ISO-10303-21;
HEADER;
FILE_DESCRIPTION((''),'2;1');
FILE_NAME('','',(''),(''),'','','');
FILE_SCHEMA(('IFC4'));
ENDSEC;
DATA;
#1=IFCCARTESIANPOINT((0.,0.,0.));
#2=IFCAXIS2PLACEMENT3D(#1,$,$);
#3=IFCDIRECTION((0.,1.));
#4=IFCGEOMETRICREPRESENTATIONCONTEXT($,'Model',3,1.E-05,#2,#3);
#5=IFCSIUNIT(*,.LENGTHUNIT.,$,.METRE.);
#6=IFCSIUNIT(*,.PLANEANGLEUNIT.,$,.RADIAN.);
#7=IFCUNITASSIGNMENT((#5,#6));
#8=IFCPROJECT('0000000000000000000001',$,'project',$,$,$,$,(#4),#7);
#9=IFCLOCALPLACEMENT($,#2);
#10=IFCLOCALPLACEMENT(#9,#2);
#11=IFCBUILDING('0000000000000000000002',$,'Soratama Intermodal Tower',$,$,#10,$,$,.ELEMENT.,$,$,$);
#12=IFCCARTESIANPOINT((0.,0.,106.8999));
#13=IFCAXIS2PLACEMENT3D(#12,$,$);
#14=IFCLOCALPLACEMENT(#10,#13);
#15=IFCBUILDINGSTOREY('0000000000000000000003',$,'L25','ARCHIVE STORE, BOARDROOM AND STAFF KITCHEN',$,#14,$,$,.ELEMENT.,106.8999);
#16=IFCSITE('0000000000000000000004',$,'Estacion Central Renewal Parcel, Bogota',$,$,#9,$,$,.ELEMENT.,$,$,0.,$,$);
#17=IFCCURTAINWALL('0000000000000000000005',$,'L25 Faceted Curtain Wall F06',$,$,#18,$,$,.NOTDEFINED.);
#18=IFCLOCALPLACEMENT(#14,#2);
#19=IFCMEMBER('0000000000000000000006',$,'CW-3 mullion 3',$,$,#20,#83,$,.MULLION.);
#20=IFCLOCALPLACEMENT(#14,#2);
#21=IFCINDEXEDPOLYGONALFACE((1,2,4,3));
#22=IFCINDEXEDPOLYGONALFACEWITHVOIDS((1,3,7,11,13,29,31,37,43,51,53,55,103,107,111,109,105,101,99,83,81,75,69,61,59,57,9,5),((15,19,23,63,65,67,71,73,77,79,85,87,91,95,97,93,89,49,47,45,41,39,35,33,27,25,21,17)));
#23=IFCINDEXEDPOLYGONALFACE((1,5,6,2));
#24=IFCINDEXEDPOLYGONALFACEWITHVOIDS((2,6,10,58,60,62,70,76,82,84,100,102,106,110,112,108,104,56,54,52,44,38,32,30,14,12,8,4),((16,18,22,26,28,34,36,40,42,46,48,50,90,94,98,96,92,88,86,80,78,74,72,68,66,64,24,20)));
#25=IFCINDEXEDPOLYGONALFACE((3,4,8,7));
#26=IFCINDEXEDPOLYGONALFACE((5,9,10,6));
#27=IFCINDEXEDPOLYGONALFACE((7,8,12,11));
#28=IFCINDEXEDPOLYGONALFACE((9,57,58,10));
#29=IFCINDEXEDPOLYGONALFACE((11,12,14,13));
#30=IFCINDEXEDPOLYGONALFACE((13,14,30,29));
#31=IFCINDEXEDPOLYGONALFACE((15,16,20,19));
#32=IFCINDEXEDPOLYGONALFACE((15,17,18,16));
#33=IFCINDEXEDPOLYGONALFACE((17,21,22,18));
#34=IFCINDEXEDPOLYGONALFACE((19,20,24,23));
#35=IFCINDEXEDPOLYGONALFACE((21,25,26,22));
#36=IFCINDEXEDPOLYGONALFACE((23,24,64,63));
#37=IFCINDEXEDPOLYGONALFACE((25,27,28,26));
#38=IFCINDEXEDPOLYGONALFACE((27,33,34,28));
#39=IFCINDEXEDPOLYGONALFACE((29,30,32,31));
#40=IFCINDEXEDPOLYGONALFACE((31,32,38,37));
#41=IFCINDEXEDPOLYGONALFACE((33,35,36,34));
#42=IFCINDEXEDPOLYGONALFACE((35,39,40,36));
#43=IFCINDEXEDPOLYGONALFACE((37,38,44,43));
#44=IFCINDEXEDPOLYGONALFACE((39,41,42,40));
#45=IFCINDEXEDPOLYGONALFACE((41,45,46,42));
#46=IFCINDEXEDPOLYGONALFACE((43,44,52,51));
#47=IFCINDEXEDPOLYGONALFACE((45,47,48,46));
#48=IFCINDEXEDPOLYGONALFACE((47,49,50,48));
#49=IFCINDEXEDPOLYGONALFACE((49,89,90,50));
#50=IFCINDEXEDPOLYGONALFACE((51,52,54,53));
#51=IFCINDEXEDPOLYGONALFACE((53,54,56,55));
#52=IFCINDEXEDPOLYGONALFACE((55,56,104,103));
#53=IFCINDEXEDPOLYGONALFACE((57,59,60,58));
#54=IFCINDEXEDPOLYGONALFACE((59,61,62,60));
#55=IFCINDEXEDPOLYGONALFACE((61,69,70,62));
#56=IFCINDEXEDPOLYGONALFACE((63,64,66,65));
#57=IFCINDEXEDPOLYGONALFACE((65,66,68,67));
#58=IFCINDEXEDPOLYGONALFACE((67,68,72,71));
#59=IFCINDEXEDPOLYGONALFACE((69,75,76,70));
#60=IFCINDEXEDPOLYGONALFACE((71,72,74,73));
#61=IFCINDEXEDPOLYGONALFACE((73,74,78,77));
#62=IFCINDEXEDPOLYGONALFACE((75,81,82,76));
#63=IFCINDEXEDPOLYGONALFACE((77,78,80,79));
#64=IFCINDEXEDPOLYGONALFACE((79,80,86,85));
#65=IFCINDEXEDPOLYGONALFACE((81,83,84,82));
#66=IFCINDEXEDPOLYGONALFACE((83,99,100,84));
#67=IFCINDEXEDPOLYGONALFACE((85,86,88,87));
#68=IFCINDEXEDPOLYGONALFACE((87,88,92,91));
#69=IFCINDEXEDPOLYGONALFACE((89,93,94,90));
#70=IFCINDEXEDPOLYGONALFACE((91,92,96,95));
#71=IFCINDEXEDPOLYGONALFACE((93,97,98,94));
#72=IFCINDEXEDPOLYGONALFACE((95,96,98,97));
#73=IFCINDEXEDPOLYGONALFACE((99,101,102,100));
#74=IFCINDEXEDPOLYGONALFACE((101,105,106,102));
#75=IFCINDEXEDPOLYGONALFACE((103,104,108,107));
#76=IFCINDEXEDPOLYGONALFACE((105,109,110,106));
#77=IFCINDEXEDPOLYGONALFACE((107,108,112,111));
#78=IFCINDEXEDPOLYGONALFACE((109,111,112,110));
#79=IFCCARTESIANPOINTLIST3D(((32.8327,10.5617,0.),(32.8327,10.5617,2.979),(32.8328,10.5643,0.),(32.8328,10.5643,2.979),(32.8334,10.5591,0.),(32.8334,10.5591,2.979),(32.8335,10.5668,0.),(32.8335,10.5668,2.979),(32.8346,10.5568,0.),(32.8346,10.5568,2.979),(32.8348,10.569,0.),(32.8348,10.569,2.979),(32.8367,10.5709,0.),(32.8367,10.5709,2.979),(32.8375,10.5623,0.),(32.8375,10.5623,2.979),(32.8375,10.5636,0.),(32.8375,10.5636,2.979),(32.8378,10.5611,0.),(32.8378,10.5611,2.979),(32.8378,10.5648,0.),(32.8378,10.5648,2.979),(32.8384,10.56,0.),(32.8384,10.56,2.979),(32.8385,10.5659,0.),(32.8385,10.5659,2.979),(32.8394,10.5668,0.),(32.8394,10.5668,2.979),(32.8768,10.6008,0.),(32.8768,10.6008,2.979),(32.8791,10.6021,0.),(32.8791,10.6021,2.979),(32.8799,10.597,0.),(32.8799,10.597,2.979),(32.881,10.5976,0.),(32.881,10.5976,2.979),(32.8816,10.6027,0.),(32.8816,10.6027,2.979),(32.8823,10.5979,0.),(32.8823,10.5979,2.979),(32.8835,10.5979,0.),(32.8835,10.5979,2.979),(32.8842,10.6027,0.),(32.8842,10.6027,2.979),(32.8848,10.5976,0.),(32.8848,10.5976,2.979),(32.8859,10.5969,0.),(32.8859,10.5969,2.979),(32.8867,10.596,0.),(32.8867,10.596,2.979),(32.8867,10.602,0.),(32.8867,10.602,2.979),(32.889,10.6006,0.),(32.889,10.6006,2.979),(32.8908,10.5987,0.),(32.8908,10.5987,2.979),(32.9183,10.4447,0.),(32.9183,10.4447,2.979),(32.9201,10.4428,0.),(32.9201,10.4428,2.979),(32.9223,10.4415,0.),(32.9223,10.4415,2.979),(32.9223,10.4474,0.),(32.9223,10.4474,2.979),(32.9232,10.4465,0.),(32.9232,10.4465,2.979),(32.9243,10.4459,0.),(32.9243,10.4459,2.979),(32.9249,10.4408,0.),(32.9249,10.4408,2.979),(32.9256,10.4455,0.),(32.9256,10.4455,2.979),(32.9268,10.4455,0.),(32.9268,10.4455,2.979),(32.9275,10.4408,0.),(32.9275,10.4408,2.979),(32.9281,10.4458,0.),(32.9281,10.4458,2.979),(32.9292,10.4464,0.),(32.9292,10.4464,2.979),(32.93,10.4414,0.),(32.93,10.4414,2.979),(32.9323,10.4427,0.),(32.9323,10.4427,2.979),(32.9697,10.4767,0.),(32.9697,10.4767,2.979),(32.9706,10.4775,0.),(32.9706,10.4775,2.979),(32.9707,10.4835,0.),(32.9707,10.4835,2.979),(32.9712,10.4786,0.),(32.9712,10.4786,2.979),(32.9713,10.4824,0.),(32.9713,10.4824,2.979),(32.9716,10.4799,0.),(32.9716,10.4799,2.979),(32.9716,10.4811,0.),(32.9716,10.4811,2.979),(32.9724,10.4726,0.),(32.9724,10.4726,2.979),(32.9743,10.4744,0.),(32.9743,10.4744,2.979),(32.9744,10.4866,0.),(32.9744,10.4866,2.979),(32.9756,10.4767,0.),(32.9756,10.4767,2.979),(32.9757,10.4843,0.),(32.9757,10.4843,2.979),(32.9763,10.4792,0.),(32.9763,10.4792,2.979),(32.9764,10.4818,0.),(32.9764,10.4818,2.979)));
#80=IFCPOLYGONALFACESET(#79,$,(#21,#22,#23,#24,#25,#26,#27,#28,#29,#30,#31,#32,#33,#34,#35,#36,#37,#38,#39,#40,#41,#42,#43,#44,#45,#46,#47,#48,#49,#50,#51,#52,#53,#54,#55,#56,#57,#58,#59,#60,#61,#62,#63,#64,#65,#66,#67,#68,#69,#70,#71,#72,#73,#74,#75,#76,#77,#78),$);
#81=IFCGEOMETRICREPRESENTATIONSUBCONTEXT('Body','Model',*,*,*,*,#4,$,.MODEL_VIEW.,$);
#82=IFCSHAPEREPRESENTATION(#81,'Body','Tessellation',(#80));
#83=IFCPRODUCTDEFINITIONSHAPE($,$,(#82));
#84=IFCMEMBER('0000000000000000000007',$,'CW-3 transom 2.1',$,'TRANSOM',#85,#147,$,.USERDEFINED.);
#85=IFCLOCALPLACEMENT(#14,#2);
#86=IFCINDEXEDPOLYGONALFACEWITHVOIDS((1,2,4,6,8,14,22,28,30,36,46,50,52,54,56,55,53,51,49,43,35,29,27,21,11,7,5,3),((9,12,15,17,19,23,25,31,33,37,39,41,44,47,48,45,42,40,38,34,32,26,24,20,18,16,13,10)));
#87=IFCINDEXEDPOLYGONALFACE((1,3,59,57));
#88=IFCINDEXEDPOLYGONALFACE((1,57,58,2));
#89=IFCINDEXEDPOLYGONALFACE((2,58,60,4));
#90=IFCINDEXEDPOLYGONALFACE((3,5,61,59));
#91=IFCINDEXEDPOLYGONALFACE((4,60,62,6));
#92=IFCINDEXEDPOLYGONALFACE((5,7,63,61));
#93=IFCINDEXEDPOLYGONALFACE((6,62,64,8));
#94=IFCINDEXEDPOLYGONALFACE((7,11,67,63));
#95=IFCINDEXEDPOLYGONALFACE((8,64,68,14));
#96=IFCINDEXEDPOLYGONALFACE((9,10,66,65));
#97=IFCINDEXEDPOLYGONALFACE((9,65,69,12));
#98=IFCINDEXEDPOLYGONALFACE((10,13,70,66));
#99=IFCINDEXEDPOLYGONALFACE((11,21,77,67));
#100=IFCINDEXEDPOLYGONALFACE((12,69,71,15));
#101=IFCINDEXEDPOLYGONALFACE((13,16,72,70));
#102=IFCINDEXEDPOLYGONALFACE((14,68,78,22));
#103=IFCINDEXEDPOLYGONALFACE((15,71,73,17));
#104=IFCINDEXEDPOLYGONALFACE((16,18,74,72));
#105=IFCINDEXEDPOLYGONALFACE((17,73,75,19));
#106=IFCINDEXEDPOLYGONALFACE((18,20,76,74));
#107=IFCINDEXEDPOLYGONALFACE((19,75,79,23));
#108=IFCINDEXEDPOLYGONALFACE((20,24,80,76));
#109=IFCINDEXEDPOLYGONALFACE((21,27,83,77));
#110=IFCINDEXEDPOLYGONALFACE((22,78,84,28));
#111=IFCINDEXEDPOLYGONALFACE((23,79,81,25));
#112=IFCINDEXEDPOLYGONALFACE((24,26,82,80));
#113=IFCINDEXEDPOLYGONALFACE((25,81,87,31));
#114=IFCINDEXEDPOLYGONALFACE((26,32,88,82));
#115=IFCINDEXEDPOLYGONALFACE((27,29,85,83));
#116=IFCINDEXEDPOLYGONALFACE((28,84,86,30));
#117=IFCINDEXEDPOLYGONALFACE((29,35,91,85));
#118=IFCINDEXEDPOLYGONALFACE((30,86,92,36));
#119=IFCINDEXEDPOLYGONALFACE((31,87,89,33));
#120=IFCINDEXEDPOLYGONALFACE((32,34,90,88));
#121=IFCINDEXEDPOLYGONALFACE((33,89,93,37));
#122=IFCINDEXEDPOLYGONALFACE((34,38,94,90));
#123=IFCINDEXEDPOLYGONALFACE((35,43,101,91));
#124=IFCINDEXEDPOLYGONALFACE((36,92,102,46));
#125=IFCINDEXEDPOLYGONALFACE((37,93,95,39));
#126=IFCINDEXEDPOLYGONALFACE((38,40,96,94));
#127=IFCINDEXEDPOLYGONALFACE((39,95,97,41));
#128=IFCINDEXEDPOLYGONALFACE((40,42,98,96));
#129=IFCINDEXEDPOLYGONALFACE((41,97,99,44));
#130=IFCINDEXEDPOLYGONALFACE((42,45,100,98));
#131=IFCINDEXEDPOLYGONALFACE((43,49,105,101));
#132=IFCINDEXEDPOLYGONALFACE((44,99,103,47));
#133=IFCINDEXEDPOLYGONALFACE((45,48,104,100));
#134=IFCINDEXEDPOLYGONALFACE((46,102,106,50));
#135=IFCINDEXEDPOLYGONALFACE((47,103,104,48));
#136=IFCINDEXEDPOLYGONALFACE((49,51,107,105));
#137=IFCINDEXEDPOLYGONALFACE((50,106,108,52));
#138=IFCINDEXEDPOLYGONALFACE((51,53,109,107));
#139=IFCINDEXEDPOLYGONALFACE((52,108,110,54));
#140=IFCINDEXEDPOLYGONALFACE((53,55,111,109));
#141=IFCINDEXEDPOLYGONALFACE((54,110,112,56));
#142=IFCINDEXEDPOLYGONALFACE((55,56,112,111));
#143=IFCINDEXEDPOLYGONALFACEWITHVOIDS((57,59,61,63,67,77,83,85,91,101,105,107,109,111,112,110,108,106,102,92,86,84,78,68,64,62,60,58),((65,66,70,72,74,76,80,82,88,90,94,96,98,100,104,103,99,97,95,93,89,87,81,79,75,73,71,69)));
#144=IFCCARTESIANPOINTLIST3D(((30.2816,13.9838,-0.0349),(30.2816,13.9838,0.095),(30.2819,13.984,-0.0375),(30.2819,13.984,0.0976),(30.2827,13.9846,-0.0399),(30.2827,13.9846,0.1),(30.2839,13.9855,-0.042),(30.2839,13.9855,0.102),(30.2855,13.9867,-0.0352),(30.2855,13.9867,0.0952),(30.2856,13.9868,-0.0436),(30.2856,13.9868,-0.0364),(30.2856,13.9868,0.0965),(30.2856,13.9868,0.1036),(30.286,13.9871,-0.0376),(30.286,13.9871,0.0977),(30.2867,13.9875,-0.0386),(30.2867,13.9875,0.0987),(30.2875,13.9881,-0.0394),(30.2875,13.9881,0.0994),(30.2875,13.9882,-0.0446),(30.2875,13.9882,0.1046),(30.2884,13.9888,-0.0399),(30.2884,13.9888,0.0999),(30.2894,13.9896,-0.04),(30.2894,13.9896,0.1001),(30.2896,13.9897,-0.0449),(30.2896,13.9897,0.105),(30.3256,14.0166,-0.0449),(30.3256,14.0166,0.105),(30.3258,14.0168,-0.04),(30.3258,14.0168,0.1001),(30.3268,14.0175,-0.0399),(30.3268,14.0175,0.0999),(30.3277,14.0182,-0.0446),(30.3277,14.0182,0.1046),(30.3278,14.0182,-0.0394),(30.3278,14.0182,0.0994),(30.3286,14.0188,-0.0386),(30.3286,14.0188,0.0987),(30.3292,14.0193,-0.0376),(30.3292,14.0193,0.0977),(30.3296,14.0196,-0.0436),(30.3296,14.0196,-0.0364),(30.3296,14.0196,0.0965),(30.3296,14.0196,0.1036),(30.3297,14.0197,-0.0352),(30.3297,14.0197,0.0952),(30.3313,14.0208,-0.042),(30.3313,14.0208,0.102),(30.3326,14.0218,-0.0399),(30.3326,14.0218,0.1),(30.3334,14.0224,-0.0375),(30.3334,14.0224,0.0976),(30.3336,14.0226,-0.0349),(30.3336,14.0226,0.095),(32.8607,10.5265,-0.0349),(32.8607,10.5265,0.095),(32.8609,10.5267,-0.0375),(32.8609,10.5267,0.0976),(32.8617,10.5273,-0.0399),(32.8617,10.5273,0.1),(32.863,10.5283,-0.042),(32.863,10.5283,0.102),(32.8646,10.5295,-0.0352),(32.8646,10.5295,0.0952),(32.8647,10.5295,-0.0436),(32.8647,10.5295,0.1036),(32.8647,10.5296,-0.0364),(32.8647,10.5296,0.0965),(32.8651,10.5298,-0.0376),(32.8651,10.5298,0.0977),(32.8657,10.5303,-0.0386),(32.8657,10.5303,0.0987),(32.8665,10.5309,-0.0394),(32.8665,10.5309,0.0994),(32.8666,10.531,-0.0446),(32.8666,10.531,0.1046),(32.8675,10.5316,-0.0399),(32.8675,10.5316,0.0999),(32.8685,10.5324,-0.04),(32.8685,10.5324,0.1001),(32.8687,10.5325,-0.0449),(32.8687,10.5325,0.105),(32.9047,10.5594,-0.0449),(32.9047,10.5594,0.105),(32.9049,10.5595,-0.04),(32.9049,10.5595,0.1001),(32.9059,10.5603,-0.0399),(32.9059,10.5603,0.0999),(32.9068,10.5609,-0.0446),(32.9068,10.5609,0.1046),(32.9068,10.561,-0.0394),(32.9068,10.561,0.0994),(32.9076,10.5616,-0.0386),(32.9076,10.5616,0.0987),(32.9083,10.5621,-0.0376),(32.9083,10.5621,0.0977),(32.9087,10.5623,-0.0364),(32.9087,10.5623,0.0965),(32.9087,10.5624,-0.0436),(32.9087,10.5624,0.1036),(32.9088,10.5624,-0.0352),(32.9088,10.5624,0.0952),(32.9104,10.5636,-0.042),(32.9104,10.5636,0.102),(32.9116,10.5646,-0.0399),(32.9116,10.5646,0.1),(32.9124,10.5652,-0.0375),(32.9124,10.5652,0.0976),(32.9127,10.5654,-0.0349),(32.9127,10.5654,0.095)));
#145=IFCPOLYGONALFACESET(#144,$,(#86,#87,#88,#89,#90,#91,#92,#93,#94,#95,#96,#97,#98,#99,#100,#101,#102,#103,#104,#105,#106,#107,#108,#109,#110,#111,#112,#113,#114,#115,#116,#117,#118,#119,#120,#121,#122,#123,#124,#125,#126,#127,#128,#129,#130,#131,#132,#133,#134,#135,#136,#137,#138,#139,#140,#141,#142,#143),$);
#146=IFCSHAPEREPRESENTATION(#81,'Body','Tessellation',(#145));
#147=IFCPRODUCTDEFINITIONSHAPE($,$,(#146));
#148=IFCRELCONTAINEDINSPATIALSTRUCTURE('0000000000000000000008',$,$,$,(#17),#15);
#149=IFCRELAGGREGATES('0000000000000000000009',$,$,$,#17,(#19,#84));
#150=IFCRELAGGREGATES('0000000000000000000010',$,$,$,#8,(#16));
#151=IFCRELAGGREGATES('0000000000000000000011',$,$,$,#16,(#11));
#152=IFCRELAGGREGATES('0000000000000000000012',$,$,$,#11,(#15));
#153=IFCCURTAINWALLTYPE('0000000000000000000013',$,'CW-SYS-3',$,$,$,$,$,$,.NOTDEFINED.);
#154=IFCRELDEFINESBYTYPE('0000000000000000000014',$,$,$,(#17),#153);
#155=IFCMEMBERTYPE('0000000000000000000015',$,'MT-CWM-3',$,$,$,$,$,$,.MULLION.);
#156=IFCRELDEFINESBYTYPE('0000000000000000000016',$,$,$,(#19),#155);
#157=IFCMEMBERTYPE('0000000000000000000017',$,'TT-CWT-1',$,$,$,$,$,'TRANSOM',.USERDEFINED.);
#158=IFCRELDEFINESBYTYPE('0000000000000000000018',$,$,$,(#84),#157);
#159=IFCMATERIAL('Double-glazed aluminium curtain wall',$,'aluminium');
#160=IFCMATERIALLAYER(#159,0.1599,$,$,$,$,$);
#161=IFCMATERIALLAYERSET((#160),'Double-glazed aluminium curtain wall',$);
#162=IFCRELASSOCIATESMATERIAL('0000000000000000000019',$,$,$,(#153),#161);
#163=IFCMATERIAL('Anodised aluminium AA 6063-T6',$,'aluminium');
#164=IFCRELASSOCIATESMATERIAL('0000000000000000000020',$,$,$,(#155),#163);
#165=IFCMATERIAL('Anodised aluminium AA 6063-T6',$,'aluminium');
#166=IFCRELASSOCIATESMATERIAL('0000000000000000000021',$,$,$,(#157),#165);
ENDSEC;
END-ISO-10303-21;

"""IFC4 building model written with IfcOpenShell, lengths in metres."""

from ifc_helpers import new_model, si_unit, direction, frame, origin, origin_2d, place, context, subcontext, project, spatial, hollow_rectangle, extrude, material, layer, layer_set, material_profile, profile_set, type_object, element, aggregate, save


model = new_model("IFC4")

# Units and contexts
model_context = context("Model", 3, precision=1e-05, world=origin(), true_north=direction((0.0, 1.0)))
body_context = subcontext(model_context, "Body", "Model", "MODEL_VIEW")
ifc_project = project(units=[si_unit("LENGTHUNIT", "METRE"), si_unit("PLANEANGLEUNIT", "RADIAN")], contexts=[model_context])

# Site, building, storey
site_placement = place(None, origin())
site = spatial("IfcSite", under=ifc_project, at=site_placement, Name="Estacion Central Renewal Parcel, Bogota", CompositionType="ELEMENT", RefElevation=0.0)
building_placement = place(site_placement, origin())
building = spatial("IfcBuilding", under=site, at=building_placement, Name="Soratama Intermodal Tower", CompositionType="ELEMENT")
storey_placement = place(building_placement, frame((0.0, 0.0, 106.8999)))
storey = spatial("IfcBuildingStorey", under=building, at=storey_placement, Name="L25", Description="ARCHIVE STORE, BOARDROOM AND STAFF KITCHEN", CompositionType="ELEMENT", Elevation=106.8999)

# Curtain wall, members
ifc_material_1 = material(Name="Double-glazed aluminium curtain wall", Category="aluminium")
ifc_layer_1 = layer(ifc_material_1, 0.1599)
ifc_layer_set_1 = layer_set([ifc_layer_1], Name="Double-glazed aluminium curtain wall")
curtain_wall_type = type_object("IfcCurtainWallType", Name="CW-SYS-3", PredefinedType="NOTDEFINED", material=ifc_layer_set_1)
curtain_wall_placement = place(storey_placement, origin())
curtain_wall = element("IfcCurtainWall", 1, at=curtain_wall_placement, inside=storey, type_object=curtain_wall_type, Name="L25 Faceted Curtain Wall F06", PredefinedType="NOTDEFINED")
ifc_material_2 = material(Name="Anodised aluminium AA 6063-T6", Category="aluminium")
ifc_material_profile_1 = material_profile(ifc_material_2, hollow_rectangle(XDim=0.0701, YDim=0.1599, WallThickness=0.0049, InnerFilletRadius=0.0049, OuterFilletRadius=0.01, at=origin_2d()), Name="CWM160X70X5")
ifc_profile_set_1 = profile_set([ifc_material_profile_1], Name="Anodised aluminium AA 6063-T6")
member_type_1 = type_object("IfcMemberType", Name="MT-CWM-3", PredefinedType="MULLION", material=ifc_profile_set_1)
member_1_placement = place(storey_placement, frame((32.9045, 10.5217, 0.0), z_axis=(0.0, 0.0, 1.0), x_axis=(0.801564, 0.597909, 0.0)))
member_1 = element("IfcMember", 2, at=member_1_placement, type_object=member_type_1, Name="CW-3 mullion 3", PredefinedType="MULLION", context=body_context, shape_type="SweptSolid", body=[
    extrude(hollow_rectangle(XDim=0.0701, YDim=0.1599, WallThickness=0.0049, InnerFilletRadius=0.0049, OuterFilletRadius=0.01, at=origin_2d()), origin(), (0.0, 0.0, 1.0), 2.979),
])
ifc_material_3 = material(Name="Anodised aluminium AA 6063-T6", Category="aluminium")
ifc_material_profile_2 = material_profile(ifc_material_3, hollow_rectangle(XDim=0.0649, YDim=0.1499, WallThickness=0.0049, InnerFilletRadius=0.0049, OuterFilletRadius=0.01, at=origin_2d()), Name="CWT150X65X5")
ifc_profile_set_2 = profile_set([ifc_material_profile_2], Name="Anodised aluminium AA 6063-T6")
member_type_2 = type_object("IfcMemberType", Name="TT-CWT-1", ElementType="TRANSOM", PredefinedType="USERDEFINED", material=ifc_profile_set_2)
member_2_placement = place(storey_placement, frame((30.3076, 14.0032, 0.03), z_axis=(0.597942, -0.801539, 0.0), x_axis=(0.801539, 0.597942, 0.0)))
member_2 = element("IfcMember", 3, at=member_2_placement, type_object=member_type_2, Name="CW-3 transom 2.1", ObjectType="TRANSOM", PredefinedType="USERDEFINED", context=body_context, shape_type="SweptSolid", body=[
    extrude(hollow_rectangle(XDim=0.0649, YDim=0.1499, WallThickness=0.0049, InnerFilletRadius=0.0049, OuterFilletRadius=0.01, at=origin_2d()), origin(), (0.0, 0.0, 1.0), 4.3132),
])
aggregate(curtain_wall, [member_1, member_2])

save(model, "model.ifc")
